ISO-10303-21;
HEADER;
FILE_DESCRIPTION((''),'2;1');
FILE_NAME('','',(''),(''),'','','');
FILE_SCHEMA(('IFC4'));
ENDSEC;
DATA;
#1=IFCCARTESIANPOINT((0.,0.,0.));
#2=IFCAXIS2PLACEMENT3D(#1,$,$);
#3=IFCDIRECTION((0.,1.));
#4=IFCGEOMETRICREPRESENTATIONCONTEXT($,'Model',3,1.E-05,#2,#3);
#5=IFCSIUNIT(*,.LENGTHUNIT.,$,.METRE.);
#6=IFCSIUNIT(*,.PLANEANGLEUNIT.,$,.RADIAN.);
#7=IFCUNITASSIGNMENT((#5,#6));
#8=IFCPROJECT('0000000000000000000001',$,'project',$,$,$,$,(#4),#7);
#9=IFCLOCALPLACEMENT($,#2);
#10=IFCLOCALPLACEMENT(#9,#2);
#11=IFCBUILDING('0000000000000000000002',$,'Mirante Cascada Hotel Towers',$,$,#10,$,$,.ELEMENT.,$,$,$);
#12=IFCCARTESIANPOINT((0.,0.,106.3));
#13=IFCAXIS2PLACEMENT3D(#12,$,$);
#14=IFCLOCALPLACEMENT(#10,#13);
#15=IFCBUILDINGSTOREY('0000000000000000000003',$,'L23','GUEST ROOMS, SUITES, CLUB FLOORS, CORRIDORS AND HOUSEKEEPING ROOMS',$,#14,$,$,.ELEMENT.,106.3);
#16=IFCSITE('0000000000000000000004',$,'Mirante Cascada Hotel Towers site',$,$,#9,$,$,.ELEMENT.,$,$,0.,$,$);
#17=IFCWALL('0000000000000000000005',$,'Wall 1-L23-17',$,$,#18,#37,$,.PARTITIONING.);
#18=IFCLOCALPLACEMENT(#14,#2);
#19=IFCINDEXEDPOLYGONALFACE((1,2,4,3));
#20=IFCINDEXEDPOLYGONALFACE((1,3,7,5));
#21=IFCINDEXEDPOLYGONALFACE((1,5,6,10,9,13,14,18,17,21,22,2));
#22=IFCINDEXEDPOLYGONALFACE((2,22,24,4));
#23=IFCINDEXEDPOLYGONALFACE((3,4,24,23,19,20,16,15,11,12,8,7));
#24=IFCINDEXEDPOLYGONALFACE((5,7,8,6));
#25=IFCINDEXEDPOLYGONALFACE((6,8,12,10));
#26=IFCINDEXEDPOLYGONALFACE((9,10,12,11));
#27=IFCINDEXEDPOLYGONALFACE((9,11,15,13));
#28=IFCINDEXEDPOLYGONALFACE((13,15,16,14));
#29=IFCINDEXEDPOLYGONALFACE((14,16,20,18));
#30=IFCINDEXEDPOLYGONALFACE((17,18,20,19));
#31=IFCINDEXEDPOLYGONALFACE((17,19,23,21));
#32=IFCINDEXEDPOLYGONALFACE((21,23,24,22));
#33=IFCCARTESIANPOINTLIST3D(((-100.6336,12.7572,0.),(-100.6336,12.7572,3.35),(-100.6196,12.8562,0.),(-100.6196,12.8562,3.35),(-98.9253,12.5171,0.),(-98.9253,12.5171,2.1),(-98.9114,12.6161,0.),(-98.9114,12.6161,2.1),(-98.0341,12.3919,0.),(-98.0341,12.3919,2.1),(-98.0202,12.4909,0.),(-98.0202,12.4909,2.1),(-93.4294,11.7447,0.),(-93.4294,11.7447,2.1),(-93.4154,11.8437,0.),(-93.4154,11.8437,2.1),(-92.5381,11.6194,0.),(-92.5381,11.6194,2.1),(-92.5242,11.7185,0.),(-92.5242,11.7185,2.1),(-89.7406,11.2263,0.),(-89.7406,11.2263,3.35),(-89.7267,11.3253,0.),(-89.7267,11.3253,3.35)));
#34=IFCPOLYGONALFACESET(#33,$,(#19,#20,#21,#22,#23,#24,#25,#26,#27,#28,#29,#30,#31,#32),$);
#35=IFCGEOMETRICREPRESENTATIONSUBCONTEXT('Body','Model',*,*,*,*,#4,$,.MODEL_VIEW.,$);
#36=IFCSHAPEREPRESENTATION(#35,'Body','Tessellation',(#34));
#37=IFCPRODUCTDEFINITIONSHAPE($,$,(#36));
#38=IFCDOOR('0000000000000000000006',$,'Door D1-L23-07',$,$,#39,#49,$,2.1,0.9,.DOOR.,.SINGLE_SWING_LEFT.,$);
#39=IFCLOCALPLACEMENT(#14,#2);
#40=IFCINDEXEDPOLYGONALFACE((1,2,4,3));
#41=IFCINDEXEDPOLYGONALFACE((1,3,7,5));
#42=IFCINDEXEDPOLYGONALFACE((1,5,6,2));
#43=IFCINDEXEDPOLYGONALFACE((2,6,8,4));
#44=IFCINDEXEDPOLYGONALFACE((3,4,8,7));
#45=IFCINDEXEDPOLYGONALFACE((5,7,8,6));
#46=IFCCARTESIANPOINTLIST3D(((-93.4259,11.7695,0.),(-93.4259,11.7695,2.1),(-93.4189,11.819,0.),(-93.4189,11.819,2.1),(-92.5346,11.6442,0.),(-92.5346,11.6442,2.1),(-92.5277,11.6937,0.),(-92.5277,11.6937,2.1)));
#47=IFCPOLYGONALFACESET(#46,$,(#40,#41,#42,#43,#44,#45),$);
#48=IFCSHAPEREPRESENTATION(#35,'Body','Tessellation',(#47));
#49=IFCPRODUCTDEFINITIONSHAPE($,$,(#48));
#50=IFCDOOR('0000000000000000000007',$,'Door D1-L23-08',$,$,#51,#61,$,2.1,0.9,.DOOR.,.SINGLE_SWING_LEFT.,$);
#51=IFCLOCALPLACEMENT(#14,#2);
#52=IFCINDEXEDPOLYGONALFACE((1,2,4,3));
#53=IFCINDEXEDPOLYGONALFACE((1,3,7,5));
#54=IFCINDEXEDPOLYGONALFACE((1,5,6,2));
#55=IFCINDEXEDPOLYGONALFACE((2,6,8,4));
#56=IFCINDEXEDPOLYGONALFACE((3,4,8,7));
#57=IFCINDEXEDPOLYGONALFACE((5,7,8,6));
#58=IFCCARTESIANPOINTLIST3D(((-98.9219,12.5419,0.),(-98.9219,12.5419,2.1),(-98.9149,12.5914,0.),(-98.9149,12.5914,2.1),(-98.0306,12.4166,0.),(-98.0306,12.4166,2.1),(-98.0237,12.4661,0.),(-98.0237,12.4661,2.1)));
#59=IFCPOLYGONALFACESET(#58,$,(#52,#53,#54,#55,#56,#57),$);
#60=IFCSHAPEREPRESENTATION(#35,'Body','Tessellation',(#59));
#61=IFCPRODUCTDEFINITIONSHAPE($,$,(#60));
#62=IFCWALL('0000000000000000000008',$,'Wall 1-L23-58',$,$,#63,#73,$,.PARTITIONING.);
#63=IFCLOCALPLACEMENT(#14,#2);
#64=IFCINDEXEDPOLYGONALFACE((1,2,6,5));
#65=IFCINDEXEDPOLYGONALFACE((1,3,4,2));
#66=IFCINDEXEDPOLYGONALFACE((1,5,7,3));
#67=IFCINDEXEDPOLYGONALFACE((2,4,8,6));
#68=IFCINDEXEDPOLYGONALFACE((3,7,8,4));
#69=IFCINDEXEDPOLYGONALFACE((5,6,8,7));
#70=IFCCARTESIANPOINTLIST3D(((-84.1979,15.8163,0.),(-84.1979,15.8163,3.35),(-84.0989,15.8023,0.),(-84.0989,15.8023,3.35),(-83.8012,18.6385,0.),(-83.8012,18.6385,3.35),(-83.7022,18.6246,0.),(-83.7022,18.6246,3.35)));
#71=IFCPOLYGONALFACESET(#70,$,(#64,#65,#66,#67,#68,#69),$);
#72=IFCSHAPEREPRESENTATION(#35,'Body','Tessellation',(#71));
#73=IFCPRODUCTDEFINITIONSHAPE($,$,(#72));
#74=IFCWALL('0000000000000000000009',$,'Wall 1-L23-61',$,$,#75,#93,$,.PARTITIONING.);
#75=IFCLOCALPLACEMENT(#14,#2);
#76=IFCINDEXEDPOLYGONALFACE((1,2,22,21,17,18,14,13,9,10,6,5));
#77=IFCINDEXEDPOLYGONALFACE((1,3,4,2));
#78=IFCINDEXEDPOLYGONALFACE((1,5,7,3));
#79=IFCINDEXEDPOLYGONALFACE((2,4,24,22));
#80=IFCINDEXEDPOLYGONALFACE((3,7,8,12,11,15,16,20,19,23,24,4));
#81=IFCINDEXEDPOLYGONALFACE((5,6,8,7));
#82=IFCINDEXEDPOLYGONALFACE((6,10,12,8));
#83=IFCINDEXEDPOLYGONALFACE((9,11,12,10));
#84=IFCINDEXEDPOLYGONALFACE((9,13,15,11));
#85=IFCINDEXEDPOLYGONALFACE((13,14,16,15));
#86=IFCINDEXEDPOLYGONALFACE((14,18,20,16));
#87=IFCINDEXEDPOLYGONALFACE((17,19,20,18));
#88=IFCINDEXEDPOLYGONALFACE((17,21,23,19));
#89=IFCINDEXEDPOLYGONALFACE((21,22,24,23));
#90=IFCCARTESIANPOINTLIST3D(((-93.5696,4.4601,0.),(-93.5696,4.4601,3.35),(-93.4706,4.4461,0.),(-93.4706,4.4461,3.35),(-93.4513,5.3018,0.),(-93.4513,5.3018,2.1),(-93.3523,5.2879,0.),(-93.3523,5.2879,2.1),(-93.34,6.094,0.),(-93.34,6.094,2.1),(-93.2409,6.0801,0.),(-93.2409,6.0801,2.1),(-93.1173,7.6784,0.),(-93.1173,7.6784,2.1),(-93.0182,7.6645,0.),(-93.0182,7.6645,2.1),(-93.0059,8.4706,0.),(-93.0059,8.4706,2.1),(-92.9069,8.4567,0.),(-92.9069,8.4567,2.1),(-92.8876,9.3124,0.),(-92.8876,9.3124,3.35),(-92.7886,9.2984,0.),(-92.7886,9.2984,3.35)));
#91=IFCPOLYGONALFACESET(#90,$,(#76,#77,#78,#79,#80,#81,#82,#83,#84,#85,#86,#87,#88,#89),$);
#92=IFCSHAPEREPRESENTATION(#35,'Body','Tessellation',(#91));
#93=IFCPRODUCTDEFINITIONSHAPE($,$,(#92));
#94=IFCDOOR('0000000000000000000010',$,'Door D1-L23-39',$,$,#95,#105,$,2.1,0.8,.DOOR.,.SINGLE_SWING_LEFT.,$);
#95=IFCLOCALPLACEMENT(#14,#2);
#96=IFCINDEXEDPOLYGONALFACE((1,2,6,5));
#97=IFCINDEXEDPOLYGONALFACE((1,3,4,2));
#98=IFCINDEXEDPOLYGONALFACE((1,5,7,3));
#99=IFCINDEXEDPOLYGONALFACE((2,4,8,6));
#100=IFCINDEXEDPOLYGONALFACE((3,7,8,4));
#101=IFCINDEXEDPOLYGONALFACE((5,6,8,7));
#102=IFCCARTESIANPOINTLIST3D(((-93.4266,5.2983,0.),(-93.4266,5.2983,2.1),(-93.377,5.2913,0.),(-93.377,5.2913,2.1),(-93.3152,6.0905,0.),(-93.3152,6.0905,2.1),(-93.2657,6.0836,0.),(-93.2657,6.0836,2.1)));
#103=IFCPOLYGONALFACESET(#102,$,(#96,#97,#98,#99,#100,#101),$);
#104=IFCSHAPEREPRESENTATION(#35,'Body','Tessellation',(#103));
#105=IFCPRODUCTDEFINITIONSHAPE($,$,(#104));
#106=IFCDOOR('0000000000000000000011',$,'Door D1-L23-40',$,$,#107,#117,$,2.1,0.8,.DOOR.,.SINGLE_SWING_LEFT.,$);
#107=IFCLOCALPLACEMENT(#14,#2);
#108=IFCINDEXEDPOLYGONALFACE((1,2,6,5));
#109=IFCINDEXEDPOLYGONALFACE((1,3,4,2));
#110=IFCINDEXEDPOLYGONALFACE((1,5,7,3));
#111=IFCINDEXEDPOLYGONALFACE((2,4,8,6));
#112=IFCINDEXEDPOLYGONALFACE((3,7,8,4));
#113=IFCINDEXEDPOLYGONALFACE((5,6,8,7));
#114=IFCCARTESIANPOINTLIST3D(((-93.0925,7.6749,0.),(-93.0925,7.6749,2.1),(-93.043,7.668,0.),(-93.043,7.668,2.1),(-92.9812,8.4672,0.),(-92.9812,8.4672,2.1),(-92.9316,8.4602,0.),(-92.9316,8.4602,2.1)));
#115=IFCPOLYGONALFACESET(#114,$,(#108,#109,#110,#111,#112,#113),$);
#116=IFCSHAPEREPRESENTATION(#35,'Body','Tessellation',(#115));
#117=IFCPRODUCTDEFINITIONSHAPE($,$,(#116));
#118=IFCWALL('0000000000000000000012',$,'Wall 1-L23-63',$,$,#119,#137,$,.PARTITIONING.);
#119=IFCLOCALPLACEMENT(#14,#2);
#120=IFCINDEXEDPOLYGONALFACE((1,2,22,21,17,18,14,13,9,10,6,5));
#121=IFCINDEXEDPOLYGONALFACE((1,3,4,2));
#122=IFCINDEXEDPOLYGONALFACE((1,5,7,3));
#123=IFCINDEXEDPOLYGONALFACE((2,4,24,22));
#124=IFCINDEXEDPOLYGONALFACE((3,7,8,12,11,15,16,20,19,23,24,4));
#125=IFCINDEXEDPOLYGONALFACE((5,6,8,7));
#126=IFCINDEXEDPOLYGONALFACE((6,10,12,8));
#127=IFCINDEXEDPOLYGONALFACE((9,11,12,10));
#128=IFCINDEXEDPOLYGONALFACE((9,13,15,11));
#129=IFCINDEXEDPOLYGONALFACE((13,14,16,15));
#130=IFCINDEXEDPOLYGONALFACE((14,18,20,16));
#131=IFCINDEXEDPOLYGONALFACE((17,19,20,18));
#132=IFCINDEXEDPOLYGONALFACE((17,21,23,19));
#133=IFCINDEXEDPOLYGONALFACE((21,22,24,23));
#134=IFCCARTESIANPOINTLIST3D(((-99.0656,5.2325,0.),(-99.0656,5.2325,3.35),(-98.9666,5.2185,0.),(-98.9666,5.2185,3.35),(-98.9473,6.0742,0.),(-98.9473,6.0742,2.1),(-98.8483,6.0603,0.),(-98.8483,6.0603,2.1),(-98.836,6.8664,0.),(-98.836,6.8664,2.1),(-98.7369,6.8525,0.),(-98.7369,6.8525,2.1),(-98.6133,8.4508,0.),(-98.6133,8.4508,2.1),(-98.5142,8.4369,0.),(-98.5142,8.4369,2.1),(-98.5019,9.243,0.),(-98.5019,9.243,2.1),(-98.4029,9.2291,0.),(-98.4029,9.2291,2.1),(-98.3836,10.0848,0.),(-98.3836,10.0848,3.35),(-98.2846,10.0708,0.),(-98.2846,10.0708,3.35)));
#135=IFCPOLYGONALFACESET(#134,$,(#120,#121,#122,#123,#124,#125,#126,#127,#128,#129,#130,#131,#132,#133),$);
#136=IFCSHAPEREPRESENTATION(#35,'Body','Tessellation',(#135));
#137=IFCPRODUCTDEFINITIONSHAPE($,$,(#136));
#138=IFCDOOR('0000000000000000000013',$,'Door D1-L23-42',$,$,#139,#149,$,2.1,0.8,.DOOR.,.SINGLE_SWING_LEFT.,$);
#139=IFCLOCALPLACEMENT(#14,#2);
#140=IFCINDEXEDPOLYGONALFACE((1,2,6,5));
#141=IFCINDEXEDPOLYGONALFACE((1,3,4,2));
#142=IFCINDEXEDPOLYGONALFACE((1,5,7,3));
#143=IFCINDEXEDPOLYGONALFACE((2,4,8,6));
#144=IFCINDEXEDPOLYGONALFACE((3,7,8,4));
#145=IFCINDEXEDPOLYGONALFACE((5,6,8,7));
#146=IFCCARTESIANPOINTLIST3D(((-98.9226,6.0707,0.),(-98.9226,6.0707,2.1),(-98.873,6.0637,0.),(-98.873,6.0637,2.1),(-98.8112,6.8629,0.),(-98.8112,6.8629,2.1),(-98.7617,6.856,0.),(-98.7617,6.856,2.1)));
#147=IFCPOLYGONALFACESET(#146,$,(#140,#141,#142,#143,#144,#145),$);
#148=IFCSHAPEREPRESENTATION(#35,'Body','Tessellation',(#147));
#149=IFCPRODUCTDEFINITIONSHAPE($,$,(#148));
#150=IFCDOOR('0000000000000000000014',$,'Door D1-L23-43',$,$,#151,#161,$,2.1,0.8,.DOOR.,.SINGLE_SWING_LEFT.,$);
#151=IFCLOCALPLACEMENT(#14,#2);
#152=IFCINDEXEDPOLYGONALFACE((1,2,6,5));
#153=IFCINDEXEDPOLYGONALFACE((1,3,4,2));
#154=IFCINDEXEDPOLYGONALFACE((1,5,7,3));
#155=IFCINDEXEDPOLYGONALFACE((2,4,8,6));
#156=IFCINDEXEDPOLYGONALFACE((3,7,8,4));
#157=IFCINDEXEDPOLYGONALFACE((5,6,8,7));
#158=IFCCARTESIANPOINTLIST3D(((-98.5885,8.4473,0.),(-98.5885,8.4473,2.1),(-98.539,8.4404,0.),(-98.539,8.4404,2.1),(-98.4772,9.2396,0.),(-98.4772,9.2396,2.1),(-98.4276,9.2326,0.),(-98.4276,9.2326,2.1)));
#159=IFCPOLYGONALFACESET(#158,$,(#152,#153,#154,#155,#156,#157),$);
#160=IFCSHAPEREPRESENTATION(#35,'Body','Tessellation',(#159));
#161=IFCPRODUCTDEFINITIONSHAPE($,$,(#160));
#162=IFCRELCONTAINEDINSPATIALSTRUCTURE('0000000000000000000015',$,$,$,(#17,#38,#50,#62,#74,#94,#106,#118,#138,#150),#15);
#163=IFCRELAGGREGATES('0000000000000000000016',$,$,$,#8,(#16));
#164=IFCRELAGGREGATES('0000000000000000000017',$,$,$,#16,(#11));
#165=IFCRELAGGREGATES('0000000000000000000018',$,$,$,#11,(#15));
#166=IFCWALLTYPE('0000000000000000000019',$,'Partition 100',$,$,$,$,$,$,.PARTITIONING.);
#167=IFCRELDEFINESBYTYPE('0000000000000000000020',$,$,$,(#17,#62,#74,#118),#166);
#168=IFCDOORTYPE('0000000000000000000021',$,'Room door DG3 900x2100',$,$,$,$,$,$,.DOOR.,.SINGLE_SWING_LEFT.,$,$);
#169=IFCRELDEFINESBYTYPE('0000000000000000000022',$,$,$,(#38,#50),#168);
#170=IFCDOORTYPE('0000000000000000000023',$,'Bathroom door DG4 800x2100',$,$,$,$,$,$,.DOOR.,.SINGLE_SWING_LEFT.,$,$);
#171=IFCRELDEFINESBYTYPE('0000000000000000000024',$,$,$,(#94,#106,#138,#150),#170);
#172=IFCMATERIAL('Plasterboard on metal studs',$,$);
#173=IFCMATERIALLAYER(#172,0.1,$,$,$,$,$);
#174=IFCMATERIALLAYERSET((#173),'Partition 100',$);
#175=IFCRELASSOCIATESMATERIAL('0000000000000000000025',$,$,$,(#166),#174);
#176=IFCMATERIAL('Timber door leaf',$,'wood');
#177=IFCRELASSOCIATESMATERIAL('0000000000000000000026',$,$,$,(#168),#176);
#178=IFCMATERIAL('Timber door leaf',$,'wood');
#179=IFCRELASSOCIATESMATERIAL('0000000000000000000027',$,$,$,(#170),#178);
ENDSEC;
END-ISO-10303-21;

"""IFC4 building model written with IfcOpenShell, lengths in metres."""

from ifc_helpers import new_model, si_unit, direction, frame, frame_2d, origin, place, context, subcontext, project, spatial, rectangle, extrude, material, layer, layer_set, type_object, element, fill, save


model = new_model("IFC4")

# Units and contexts
model_context = context("Model", 3, precision=1e-05, world=origin(), true_north=direction((0.0, 1.0)))
body_context = subcontext(model_context, "Body", "Model", "MODEL_VIEW")
ifc_project = project(units=[si_unit("LENGTHUNIT", "METRE"), si_unit("PLANEANGLEUNIT", "RADIAN")], contexts=[model_context])

# Site, building, storey
site_placement = place(None, origin())
site = spatial("IfcSite", under=ifc_project, at=site_placement, Name="Mirante Cascada Hotel Towers site", CompositionType="ELEMENT", RefElevation=0.0)
building_placement = place(site_placement, origin())
building = spatial("IfcBuilding", under=site, at=building_placement, Name="Mirante Cascada Hotel Towers", CompositionType="ELEMENT")
storey_placement = place(building_placement, frame((0.0, 0.0, 106.3)))
storey = spatial("IfcBuildingStorey", under=building, at=storey_placement, Name="L23", Description="GUEST ROOMS, SUITES, CLUB FLOORS, CORRIDORS AND HOUSEKEEPING ROOMS", CompositionType="ELEMENT", Elevation=106.3)

# Shared definitions
ifc_material_1 = material(Name="Plasterboard on metal studs")
ifc_layer_1 = layer(ifc_material_1, 0.1)
ifc_layer_set_1 = layer_set([ifc_layer_1], Name="Partition 100")
wall_type_1 = type_object("IfcWallType", Name="Partition 100", PredefinedType="PARTITIONING", material=ifc_layer_set_1)

# Wall, openings, doors
wall_1_placement = place(storey_placement, frame((-100.6266, 12.8067, 0.0), z_axis=(0.0, 0.0, 1.0), x_axis=(0.990268, -0.139173, 0.0)))
wall_1 = element("IfcWall", 1, at=wall_1_placement, inside=storey, type_object=wall_type_1, Name="Wall 1-L23-17", PredefinedType="PARTITIONING", context=body_context, shape_type="SweptSolid", body=[
    extrude(rectangle(XDim=11.0, YDim=0.1, at=frame_2d((5.5, 0.0))), origin(), (0.0, 0.0, 1.0), 3.35),
])
opening_1_placement = place(wall_1_placement, frame((7.275, 0.0, 0.0)))
opening_1 = element("IfcOpeningElement", 2, at=opening_1_placement, cuts=wall_1, PredefinedType="OPENING", context=body_context, shape_type="SweptSolid", body=[
    extrude(rectangle(XDim=0.9, YDim=2.1, at=frame_2d((0.45, 1.05))), frame((0.0, 0.05, 0.0), z_axis=(0.0, -1.0, 0.0), x_axis=(1.0, 0.0, 0.0)), (0.0, 0.0, 1.0), 0.1),
])
opening_2_placement = place(wall_1_placement, frame((1.725, 0.0, 0.0)))
opening_2 = element("IfcOpeningElement", 3, at=opening_2_placement, cuts=wall_1, PredefinedType="OPENING", context=body_context, shape_type="SweptSolid", body=[
    extrude(rectangle(XDim=0.9, YDim=2.1, at=frame_2d((0.45, 1.05))), frame((0.0, 0.05, 0.0), z_axis=(0.0, -1.0, 0.0), x_axis=(1.0, 0.0, 0.0)), (0.0, 0.0, 1.0), 0.1),
])
ifc_material_2 = material(Name="Timber door leaf", Category="wood")
door_type_1 = type_object("IfcDoorType", Name="Room door DG3 900x2100", OperationType="SINGLE_SWING_LEFT", PredefinedType="DOOR", material=ifc_material_2)
door_1_placement = place(opening_1_placement, origin())
door_1 = element("IfcDoor", 4, at=door_1_placement, inside=storey, type_object=door_type_1, Name="Door D1-L23-07", OperationType="SINGLE_SWING_LEFT", OverallHeight=2.1, OverallWidth=0.9, PredefinedType="DOOR", context=body_context, shape_type="SweptSolid", body=[
    extrude(rectangle(XDim=0.9, YDim=2.1, at=frame_2d((0.45, 1.05))), frame((0.0, 0.025, 0.0), z_axis=(0.0, -1.0, 0.0), x_axis=(1.0, 0.0, 0.0)), (0.0, 0.0, 1.0), 0.05),
])
fill(opening_1, door_1)
door_2_placement = place(opening_2_placement, origin())
door_2 = element("IfcDoor", 5, at=door_2_placement, inside=storey, type_object=door_type_1, Name="Door D1-L23-08", OperationType="SINGLE_SWING_LEFT", OverallHeight=2.1, OverallWidth=0.9, PredefinedType="DOOR", context=body_context, shape_type="SweptSolid", body=[
    extrude(rectangle(XDim=0.9, YDim=2.1, at=frame_2d((0.45, 1.05))), frame((0.0, 0.025, 0.0), z_axis=(0.0, -1.0, 0.0), x_axis=(1.0, 0.0, 0.0)), (0.0, 0.0, 1.0), 0.05),
])
fill(opening_2, door_2)

# Wall
wall_2_placement = place(storey_placement, frame((-84.1484, 15.8093, 0.0), z_axis=(0.0, 0.0, 1.0), x_axis=(0.139191, 0.990266, 0.0)))
element("IfcWall", 6, at=wall_2_placement, inside=storey, type_object=wall_type_1, Name="Wall 1-L23-58", PredefinedType="PARTITIONING", context=body_context, shape_type="SweptSolid", body=[
    extrude(rectangle(XDim=2.85, YDim=0.1, at=frame_2d((1.425, 0.0))), origin(), (0.0, 0.0, 1.0), 3.35),
])

# Walls, openings, doors
wall_3_placement = place(storey_placement, frame((-92.8381, 9.3054, 0.0), z_axis=(0.0, 0.0, 1.0), x_axis=(-0.139184, -0.990267, 0.0)))
wall_3 = element("IfcWall", 7, at=wall_3_placement, inside=storey, type_object=wall_type_1, Name="Wall 1-L23-61", PredefinedType="PARTITIONING", context=body_context, shape_type="SweptSolid", body=[
    extrude(rectangle(XDim=4.9, YDim=0.1, at=frame_2d((2.45, 0.0))), origin(), (0.0, 0.0, 1.0), 3.35),
])
opening_3_placement = place(wall_3_placement, frame((3.25, 0.0, 0.0)))
opening_3 = element("IfcOpeningElement", 8, at=opening_3_placement, cuts=wall_3, PredefinedType="OPENING", context=body_context, shape_type="SweptSolid", body=[
    extrude(rectangle(XDim=0.8, YDim=2.1, at=frame_2d((0.4, 1.05))), frame((0.0, 0.05, 0.0), z_axis=(0.0, -1.0, 0.0), x_axis=(1.0, 0.0, 0.0)), (0.0, 0.0, 1.0), 0.1),
])
opening_4_placement = place(wall_3_placement, frame((0.85, 0.0, 0.0)))
opening_4 = element("IfcOpeningElement", 9, at=opening_4_placement, cuts=wall_3, PredefinedType="OPENING", context=body_context, shape_type="SweptSolid", body=[
    extrude(rectangle(XDim=0.8, YDim=2.1, at=frame_2d((0.4, 1.05))), frame((0.0, 0.05, 0.0), z_axis=(0.0, -1.0, 0.0), x_axis=(1.0, 0.0, 0.0)), (0.0, 0.0, 1.0), 0.1),
])
ifc_material_3 = material(Name="Timber door leaf", Category="wood")
door_type_2 = type_object("IfcDoorType", Name="Bathroom door DG4 800x2100", OperationType="SINGLE_SWING_LEFT", PredefinedType="DOOR", material=ifc_material_3)
door_3_placement = place(opening_3_placement, origin())
door_3 = element("IfcDoor", 10, at=door_3_placement, inside=storey, type_object=door_type_2, Name="Door D1-L23-39", OperationType="SINGLE_SWING_LEFT", OverallHeight=2.1, OverallWidth=0.8, PredefinedType="DOOR", context=body_context, shape_type="SweptSolid", body=[
    extrude(rectangle(XDim=0.8, YDim=2.1, at=frame_2d((0.4, 1.05))), frame((0.0, 0.025, 0.0), z_axis=(0.0, -1.0, 0.0), x_axis=(1.0, 0.0, 0.0)), (0.0, 0.0, 1.0), 0.05),
])
fill(opening_3, door_3)
door_4_placement = place(opening_4_placement, origin())
door_4 = element("IfcDoor", 11, at=door_4_placement, inside=storey, type_object=door_type_2, Name="Door D1-L23-40", OperationType="SINGLE_SWING_LEFT", OverallHeight=2.1, OverallWidth=0.8, PredefinedType="DOOR", context=body_context, shape_type="SweptSolid", body=[
    extrude(rectangle(XDim=0.8, YDim=2.1, at=frame_2d((0.4, 1.05))), frame((0.0, 0.025, 0.0), z_axis=(0.0, -1.0, 0.0), x_axis=(1.0, 0.0, 0.0)), (0.0, 0.0, 1.0), 0.05),
])
fill(opening_4, door_4)
wall_4_placement = place(storey_placement, frame((-98.3341, 10.0778, 0.0), z_axis=(0.0, 0.0, 1.0), x_axis=(-0.139184, -0.990267, 0.0)))
wall_4 = element("IfcWall", 12, at=wall_4_placement, inside=storey, type_object=wall_type_1, Name="Wall 1-L23-63", PredefinedType="PARTITIONING", context=body_context, shape_type="SweptSolid", body=[
    extrude(rectangle(XDim=4.9, YDim=0.1, at=frame_2d((2.45, 0.0))), origin(), (0.0, 0.0, 1.0), 3.35),
])
opening_5_placement = place(wall_4_placement, frame((3.25, 0.0, 0.0)))
opening_5 = element("IfcOpeningElement", 13, at=opening_5_placement, cuts=wall_4, PredefinedType="OPENING", context=body_context, shape_type="SweptSolid", body=[
    extrude(rectangle(XDim=0.8, YDim=2.1, at=frame_2d((0.4, 1.05))), frame((0.0, 0.05, 0.0), z_axis=(0.0, -1.0, 0.0), x_axis=(1.0, 0.0, 0.0)), (0.0, 0.0, 1.0), 0.1),
])
opening_6_placement = place(wall_4_placement, frame((0.85, 0.0, 0.0)))
opening_6 = element("IfcOpeningElement", 14, at=opening_6_placement, cuts=wall_4, PredefinedType="OPENING", context=body_context, shape_type="SweptSolid", body=[
    extrude(rectangle(XDim=0.8, YDim=2.1, at=frame_2d((0.4, 1.05))), frame((0.0, 0.05, 0.0), z_axis=(0.0, -1.0, 0.0), x_axis=(1.0, 0.0, 0.0)), (0.0, 0.0, 1.0), 0.1),
])
door_5_placement = place(opening_5_placement, origin())
door_5 = element("IfcDoor", 15, at=door_5_placement, inside=storey, type_object=door_type_2, Name="Door D1-L23-42", OperationType="SINGLE_SWING_LEFT", OverallHeight=2.1, OverallWidth=0.8, PredefinedType="DOOR", context=body_context, shape_type="SweptSolid", body=[
    extrude(rectangle(XDim=0.8, YDim=2.1, at=frame_2d((0.4, 1.05))), frame((0.0, 0.025, 0.0), z_axis=(0.0, -1.0, 0.0), x_axis=(1.0, 0.0, 0.0)), (0.0, 0.0, 1.0), 0.05),
])
fill(opening_5, door_5)
door_6_placement = place(opening_6_placement, origin())
door_6 = element("IfcDoor", 16, at=door_6_placement, inside=storey, type_object=door_type_2, Name="Door D1-L23-43", OperationType="SINGLE_SWING_LEFT", OverallHeight=2.1, OverallWidth=0.8, PredefinedType="DOOR", context=body_context, shape_type="SweptSolid", body=[
    extrude(rectangle(XDim=0.8, YDim=2.1, at=frame_2d((0.4, 1.05))), frame((0.0, 0.025, 0.0), z_axis=(0.0, -1.0, 0.0), x_axis=(1.0, 0.0, 0.0)), (0.0, 0.0, 1.0), 0.05),
])
fill(opening_6, door_6)

save(model, "model.ifc")
